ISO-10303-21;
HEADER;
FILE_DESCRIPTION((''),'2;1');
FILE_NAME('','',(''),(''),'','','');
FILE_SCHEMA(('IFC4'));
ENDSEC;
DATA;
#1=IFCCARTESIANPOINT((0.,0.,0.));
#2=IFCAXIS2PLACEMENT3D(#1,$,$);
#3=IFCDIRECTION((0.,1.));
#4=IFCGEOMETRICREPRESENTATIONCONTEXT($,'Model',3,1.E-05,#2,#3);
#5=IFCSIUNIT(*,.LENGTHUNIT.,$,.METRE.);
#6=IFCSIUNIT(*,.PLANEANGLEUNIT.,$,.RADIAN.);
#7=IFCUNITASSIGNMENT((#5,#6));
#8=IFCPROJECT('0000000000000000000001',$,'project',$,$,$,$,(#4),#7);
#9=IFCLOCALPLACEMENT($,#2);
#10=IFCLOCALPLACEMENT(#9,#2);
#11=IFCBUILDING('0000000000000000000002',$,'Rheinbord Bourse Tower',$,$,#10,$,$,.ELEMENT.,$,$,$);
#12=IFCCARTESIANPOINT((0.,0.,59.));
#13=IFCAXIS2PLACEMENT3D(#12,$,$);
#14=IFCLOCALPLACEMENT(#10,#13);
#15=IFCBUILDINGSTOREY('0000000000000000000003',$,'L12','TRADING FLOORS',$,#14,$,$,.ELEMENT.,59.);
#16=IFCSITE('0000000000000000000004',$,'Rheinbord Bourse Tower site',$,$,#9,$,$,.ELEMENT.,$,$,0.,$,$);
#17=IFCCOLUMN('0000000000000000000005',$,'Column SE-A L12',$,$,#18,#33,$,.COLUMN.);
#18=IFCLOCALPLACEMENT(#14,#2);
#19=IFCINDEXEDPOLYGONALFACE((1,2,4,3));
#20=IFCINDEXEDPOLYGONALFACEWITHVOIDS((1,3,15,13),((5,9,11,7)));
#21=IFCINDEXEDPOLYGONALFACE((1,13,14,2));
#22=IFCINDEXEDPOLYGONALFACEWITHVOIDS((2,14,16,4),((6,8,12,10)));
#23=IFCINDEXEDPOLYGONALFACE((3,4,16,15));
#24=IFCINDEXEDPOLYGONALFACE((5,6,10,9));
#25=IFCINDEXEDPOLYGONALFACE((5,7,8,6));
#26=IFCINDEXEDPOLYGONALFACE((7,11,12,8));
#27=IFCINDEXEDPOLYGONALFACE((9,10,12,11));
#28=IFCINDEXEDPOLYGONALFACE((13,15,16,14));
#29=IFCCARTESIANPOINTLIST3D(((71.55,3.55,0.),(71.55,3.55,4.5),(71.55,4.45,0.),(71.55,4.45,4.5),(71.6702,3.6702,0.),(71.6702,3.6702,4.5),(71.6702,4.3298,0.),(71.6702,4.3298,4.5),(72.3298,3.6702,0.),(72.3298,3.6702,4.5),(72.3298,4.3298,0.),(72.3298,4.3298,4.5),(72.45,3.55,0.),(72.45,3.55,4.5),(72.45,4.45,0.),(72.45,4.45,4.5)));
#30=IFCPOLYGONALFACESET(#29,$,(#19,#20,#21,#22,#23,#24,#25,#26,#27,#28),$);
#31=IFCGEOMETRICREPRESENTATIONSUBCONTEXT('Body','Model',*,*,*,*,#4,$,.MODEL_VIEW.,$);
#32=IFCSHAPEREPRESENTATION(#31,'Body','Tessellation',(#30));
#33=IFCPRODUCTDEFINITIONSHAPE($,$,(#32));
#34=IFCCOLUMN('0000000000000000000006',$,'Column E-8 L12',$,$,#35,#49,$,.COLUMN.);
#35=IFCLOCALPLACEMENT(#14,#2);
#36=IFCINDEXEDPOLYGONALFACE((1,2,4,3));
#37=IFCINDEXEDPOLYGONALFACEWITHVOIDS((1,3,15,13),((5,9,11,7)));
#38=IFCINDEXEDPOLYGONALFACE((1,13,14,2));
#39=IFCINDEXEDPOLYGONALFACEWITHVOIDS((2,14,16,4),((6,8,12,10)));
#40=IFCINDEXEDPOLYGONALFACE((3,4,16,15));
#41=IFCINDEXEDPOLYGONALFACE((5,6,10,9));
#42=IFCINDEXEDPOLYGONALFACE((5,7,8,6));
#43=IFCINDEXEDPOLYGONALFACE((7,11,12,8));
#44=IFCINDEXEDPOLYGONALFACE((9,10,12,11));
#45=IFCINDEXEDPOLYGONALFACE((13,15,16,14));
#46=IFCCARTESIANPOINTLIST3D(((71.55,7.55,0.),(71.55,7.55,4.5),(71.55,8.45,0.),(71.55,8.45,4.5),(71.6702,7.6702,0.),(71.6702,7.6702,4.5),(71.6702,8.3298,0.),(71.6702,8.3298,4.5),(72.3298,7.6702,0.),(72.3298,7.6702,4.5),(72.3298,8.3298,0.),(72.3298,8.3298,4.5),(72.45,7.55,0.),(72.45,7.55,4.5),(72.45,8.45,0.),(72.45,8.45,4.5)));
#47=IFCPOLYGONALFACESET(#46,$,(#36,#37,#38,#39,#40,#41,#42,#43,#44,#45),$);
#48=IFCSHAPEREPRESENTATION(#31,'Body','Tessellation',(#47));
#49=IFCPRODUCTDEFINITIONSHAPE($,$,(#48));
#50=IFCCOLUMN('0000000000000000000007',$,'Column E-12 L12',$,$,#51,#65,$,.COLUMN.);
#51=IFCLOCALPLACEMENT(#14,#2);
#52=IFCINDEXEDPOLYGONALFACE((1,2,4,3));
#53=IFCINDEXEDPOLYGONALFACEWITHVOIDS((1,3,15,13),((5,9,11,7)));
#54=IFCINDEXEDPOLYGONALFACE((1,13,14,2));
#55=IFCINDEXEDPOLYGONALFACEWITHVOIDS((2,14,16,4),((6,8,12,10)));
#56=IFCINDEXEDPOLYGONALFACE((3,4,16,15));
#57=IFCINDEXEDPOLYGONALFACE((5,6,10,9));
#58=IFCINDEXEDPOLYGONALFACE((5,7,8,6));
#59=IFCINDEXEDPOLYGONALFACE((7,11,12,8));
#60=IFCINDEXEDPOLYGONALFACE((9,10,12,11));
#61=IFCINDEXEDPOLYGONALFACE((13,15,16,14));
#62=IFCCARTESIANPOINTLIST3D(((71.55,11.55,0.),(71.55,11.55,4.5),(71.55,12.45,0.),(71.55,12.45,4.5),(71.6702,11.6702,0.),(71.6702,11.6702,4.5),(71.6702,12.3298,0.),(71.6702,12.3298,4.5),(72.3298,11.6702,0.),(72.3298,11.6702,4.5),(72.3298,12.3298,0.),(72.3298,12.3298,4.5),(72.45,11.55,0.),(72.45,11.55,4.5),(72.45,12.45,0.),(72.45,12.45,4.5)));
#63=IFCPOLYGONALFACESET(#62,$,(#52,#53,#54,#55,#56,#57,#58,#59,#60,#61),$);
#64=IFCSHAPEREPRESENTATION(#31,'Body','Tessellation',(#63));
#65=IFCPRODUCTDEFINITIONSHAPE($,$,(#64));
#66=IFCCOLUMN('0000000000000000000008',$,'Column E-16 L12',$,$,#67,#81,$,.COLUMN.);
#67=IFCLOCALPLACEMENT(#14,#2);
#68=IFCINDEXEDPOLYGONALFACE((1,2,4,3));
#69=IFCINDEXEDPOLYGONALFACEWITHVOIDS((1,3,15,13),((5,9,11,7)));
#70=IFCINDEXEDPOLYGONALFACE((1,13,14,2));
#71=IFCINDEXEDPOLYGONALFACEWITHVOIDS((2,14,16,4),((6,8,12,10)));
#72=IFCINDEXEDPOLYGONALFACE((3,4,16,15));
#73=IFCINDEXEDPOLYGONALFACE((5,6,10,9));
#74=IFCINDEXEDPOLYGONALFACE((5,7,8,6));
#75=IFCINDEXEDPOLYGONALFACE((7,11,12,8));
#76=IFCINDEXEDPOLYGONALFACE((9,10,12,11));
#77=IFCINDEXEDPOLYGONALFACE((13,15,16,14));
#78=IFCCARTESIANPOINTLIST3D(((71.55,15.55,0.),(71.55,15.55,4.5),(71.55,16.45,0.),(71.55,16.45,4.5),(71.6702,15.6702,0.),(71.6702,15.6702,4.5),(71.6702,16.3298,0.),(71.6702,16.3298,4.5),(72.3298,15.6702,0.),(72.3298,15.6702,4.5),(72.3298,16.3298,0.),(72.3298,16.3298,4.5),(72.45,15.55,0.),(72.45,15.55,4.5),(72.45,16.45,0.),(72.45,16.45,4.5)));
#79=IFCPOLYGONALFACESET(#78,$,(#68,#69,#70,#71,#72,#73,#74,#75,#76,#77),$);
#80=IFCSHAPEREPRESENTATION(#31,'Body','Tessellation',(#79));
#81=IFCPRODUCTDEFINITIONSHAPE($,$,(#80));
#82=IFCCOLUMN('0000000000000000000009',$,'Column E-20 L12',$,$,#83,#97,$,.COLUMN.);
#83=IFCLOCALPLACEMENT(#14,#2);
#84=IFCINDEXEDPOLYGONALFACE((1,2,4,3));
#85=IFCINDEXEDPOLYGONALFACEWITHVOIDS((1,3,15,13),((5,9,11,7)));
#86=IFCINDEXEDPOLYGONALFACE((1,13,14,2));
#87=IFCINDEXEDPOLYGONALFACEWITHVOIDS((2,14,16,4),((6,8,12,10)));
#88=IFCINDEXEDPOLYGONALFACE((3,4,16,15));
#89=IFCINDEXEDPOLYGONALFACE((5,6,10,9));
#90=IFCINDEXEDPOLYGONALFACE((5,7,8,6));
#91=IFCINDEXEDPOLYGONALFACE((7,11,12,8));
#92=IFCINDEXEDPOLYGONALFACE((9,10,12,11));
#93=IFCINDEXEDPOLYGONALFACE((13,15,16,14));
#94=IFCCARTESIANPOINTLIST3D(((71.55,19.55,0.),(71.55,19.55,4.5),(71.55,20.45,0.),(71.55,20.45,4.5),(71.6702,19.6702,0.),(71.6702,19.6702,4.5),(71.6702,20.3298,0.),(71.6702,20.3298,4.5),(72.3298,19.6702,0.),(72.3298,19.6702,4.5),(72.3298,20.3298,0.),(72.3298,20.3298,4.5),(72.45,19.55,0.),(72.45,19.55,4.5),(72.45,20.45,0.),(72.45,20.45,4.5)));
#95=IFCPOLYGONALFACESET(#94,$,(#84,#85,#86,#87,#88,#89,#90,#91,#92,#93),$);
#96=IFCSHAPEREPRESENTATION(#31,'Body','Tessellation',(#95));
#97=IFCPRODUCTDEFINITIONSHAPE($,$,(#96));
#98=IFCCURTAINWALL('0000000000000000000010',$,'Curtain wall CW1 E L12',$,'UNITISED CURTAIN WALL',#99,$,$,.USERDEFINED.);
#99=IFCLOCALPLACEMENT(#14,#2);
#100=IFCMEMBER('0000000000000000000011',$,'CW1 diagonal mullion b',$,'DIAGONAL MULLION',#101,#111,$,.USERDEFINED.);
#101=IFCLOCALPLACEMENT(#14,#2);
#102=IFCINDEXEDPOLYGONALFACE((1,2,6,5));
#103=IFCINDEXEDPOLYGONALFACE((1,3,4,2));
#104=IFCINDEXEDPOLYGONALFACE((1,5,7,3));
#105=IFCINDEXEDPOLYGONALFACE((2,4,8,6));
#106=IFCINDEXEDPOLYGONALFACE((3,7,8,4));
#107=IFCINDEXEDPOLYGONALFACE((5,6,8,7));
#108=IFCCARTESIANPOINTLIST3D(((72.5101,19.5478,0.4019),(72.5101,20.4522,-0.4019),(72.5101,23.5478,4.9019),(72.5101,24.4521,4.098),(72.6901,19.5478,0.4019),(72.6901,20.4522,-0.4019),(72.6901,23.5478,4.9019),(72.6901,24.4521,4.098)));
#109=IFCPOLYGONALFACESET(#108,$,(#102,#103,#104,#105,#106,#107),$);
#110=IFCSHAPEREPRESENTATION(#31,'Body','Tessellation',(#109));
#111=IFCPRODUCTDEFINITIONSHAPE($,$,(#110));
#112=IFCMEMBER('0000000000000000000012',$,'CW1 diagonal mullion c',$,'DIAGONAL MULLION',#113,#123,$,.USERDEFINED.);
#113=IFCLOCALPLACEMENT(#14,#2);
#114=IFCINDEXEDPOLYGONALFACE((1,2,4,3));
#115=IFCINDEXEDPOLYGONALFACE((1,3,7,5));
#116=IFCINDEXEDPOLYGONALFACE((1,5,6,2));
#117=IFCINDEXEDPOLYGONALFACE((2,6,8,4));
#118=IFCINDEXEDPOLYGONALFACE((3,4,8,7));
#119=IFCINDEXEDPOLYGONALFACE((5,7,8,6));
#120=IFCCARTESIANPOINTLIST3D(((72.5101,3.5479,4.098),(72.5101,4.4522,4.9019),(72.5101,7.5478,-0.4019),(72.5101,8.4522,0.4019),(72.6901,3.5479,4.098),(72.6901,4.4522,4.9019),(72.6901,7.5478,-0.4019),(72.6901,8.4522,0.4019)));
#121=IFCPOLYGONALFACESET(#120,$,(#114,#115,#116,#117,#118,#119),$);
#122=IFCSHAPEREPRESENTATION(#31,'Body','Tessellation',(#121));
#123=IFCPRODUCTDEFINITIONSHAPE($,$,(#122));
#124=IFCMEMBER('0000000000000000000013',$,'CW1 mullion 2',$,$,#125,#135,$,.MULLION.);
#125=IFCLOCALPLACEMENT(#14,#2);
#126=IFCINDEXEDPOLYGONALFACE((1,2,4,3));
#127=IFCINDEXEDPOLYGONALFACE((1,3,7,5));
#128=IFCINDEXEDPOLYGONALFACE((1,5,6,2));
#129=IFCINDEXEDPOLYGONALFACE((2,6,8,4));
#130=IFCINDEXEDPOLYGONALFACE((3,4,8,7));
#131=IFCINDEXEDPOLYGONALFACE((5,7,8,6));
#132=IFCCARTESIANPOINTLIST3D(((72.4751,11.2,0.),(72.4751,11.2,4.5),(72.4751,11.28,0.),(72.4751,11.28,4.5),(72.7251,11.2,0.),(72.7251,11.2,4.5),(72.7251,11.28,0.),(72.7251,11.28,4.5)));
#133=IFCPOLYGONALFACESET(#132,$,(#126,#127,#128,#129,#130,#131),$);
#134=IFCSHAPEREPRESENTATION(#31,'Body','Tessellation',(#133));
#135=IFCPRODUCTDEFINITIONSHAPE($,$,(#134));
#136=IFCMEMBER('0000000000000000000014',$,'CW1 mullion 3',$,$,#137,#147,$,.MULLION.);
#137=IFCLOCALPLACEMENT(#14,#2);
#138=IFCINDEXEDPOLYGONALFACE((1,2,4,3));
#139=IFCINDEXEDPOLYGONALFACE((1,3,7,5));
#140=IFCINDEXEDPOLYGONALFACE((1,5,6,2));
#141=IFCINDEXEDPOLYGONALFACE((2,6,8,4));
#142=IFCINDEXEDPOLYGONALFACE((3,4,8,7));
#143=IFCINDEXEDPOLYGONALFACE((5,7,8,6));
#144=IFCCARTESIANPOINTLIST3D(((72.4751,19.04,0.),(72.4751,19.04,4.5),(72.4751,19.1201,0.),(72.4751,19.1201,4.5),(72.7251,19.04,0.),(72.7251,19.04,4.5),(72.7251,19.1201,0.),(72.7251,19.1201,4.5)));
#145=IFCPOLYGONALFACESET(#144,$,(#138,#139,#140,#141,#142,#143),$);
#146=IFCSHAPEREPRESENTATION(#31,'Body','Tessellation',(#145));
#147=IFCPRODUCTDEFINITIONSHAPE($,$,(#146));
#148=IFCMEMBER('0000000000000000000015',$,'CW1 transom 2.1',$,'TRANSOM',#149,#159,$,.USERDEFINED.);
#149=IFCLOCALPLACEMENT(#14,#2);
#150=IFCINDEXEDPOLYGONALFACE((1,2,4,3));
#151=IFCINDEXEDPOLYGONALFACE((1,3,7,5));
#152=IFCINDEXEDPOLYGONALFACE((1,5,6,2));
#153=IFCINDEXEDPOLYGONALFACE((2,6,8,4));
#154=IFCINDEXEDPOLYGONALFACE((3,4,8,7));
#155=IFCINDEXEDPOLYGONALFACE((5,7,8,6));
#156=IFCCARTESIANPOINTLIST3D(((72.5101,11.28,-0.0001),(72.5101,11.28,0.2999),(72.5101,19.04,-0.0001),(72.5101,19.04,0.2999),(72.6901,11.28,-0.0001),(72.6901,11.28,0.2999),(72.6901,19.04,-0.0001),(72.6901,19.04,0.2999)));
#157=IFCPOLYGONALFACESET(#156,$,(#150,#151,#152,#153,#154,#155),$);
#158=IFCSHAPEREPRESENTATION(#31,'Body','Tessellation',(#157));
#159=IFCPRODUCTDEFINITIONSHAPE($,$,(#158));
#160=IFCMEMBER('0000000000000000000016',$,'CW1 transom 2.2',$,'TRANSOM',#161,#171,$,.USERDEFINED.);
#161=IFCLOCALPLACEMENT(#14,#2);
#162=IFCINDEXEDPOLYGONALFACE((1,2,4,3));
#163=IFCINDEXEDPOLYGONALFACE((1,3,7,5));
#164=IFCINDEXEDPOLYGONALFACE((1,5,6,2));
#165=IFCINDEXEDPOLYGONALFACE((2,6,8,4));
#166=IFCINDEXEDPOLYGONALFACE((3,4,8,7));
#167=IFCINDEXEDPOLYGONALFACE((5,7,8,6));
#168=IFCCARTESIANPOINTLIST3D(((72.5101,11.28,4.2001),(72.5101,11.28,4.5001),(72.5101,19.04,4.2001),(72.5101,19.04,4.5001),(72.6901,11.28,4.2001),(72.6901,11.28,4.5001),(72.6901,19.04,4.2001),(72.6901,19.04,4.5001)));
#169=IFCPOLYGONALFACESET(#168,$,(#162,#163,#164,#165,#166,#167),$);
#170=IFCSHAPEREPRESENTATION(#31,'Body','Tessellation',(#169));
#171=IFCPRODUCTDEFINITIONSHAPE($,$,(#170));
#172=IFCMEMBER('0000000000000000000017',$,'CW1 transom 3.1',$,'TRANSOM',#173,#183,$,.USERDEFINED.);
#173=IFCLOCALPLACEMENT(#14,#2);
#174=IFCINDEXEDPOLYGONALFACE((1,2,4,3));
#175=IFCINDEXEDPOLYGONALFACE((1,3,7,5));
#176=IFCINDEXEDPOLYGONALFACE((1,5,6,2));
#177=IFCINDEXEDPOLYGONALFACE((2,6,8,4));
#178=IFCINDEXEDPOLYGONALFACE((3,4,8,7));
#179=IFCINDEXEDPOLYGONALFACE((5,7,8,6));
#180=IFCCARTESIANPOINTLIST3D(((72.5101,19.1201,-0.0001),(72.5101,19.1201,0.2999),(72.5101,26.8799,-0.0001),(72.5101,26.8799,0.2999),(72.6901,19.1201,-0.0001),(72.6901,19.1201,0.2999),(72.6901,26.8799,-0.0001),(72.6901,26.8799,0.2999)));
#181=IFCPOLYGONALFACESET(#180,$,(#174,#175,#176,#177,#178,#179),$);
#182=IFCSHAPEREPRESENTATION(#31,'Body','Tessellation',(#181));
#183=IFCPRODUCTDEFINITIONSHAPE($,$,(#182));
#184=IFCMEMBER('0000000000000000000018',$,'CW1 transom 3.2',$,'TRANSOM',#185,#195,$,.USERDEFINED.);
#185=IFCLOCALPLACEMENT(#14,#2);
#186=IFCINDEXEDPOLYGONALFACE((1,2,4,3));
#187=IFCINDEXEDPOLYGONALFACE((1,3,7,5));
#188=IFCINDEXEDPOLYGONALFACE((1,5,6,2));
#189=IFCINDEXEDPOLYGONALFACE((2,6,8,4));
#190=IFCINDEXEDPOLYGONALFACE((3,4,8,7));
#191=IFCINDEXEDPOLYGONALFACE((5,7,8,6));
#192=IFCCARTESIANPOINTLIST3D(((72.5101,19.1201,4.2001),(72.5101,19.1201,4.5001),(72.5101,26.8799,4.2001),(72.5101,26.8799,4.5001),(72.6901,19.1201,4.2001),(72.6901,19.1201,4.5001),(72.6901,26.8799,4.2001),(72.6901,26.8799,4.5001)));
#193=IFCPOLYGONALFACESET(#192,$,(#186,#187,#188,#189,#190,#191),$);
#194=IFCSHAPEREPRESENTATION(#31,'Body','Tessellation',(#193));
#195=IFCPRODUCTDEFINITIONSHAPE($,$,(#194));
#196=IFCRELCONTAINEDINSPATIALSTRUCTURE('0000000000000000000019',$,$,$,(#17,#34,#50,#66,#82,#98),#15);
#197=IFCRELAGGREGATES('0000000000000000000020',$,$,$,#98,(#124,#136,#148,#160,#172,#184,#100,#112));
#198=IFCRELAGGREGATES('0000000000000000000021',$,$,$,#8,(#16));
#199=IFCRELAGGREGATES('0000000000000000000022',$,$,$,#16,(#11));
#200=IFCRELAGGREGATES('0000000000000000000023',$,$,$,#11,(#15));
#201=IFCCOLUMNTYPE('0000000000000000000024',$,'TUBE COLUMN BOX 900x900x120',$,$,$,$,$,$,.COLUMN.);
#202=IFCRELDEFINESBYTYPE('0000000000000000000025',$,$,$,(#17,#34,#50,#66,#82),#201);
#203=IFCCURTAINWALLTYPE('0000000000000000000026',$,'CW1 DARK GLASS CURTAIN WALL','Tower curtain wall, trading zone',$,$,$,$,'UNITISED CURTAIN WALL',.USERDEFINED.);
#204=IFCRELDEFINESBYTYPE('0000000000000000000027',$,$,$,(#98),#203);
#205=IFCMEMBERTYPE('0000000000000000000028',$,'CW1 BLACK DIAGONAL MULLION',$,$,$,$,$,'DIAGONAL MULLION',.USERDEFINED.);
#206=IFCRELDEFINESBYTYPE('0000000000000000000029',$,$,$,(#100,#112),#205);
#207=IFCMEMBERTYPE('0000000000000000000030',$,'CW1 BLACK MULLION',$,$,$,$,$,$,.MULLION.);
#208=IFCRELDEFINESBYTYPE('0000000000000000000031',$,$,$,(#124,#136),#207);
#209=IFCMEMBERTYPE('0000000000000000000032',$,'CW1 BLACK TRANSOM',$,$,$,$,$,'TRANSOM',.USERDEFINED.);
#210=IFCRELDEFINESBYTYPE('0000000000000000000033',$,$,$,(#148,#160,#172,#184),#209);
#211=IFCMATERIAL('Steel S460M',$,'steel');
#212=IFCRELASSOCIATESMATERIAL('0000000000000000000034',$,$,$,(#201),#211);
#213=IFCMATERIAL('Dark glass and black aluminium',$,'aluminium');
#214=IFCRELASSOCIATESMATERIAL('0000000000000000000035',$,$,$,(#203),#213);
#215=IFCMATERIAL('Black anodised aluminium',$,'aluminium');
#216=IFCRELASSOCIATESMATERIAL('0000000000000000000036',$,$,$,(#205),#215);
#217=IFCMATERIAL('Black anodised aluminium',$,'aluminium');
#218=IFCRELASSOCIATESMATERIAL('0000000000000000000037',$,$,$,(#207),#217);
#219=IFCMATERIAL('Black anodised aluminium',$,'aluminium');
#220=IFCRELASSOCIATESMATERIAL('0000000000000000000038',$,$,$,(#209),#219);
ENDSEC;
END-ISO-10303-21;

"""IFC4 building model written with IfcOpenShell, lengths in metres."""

from ifc_helpers import new_model, si_unit, direction, frame, origin, origin_2d, place, context, subcontext, project, spatial, rectangle, hollow_rectangle, extrude, material, material_profile, profile_set, type_object, element, aggregate, save


model = new_model("IFC4")

# Units and contexts
model_context = context("Model", 3, precision=1e-05, world=origin(), true_north=direction((0.0, 1.0)))
body_context = subcontext(model_context, "Body", "Model", "MODEL_VIEW")
ifc_project = project(units=[si_unit("LENGTHUNIT", "METRE"), si_unit("PLANEANGLEUNIT", "RADIAN")], contexts=[model_context])

# Site, building, storey
site_placement = place(None, origin())
site = spatial("IfcSite", under=ifc_project, at=site_placement, Name="Rheinbord Bourse Tower site", CompositionType="ELEMENT", RefElevation=0.0)
building_placement = place(site_placement, origin())
building = spatial("IfcBuilding", under=site, at=building_placement, Name="Rheinbord Bourse Tower", CompositionType="ELEMENT")
storey_placement = place(building_placement, frame((0.0, 0.0, 59.0)))
storey = spatial("IfcBuildingStorey", under=building, at=storey_placement, Name="L12", Description="TRADING FLOORS", CompositionType="ELEMENT", Elevation=59.0)

# Columns
ifc_material_1 = material(Name="Steel S460M", Category="steel")
ifc_material_profile_1 = material_profile(ifc_material_1, hollow_rectangle(XDim=0.8999, YDim=0.8999, WallThickness=0.1201, at=origin_2d()), Name="BOX 900x900x120")
ifc_profile_set_1 = profile_set([ifc_material_profile_1], Name="Steel S460M")
column_type = type_object("IfcColumnType", Name="TUBE COLUMN BOX 900x900x120", PredefinedType="COLUMN", material=ifc_profile_set_1)
for number, where, z_axis, x_axis, name in (
    (1, (72.0, 4.0, 0.0), (0.0, 0.0, 1.0), (1.0, 0.0, 0.0), "Column SE-A L12"),
    (2, (72.0, 8.0, 0.0), (0.0, 0.0, 1.0), (1.0, 0.0, 0.0), "Column E-8 L12"),
    (3, (72.0, 12.0, 0.0), (0.0, 0.0, 1.0), (1.0, 0.0, 0.0), "Column E-12 L12"),
    (4, (72.0, 16.0, 0.0), (0.0, 0.0, 1.0), (1.0, 0.0, 0.0), "Column E-16 L12"),
    (5, (72.0, 20.0, 0.0), (0.0, 0.0, 1.0), (1.0, 0.0, 0.0), "Column E-20 L12"),
):
    element("IfcColumn", number, at=place(storey_placement, frame(where, z_axis=z_axis, x_axis=x_axis)), inside=storey, type_object=column_type, Name=name, PredefinedType="COLUMN", context=body_context, shape_type="SweptSolid", body=[
        extrude(hollow_rectangle(XDim=0.8999, YDim=0.8999, WallThickness=0.1201, at=origin_2d()), origin(), (0.0, 0.0, 1.0), 4.5),
    ])

# Curtain wall, members
ifc_material_2 = material(Name="Dark glass and black aluminium", Category="aluminium")
curtain_wall_type = type_object("IfcCurtainWallType", Name="CW1 DARK GLASS CURTAIN WALL", Description="Tower curtain wall, trading zone", ElementType="UNITISED CURTAIN WALL", PredefinedType="USERDEFINED", material=ifc_material_2)
curtain_wall_placement = place(storey_placement, origin())
curtain_wall = element("IfcCurtainWall", 6, at=curtain_wall_placement, inside=storey, type_object=curtain_wall_type, Name="Curtain wall CW1 E L12", ObjectType="UNITISED CURTAIN WALL", PredefinedType="USERDEFINED")
ifc_material_3 = material(Name="Black anodised aluminium", Category="aluminium")
ifc_material_profile_2 = material_profile(ifc_material_3, rectangle(XDim=0.1799, YDim=1.21, at=origin_2d()), Name="CW1 DIAGONAL MULLION 1210x180")
ifc_profile_set_2 = profile_set([ifc_material_profile_2], Name="Black anodised aluminium")
member_type_1 = type_object("IfcMemberType", Name="CW1 BLACK DIAGONAL MULLION", ElementType="DIAGONAL MULLION", PredefinedType="USERDEFINED", material=ifc_profile_set_2)
member_1_placement = place(storey_placement, frame((72.6001, 20.0, 0.0), z_axis=(0.0, 0.664364, 0.747409), x_axis=(-1.0, 0.0, 0.0)))
member_1 = element("IfcMember", 7, at=member_1_placement, type_object=member_type_1, Name="CW1 diagonal mullion b", ObjectType="DIAGONAL MULLION", PredefinedType="USERDEFINED", context=body_context, shape_type="SweptSolid", body=[
    extrude(rectangle(XDim=0.1799, YDim=1.21, at=origin_2d()), origin(), (0.0, 0.0, 1.0), 6.0208),
])
member_2_placement = place(storey_placement, frame((72.6001, 8.0, 0.0), z_axis=(0.0, -0.664364, 0.747409), x_axis=(1.0, 0.0, 0.0)))
member_2 = element("IfcMember", 8, at=member_2_placement, type_object=member_type_1, Name="CW1 diagonal mullion c", ObjectType="DIAGONAL MULLION", PredefinedType="USERDEFINED", context=body_context, shape_type="SweptSolid", body=[
    extrude(rectangle(XDim=0.1799, YDim=1.21, at=origin_2d()), origin(), (0.0, 0.0, 1.0), 6.0208),
])
ifc_material_4 = material(Name="Black anodised aluminium", Category="aluminium")
ifc_material_profile_3 = material_profile(ifc_material_4, rectangle(XDim=0.25, YDim=0.0801, at=origin_2d()), Name="CW1 MULLION 80x250")
ifc_profile_set_3 = profile_set([ifc_material_profile_3], Name="Black anodised aluminium")
member_type_2 = type_object("IfcMemberType", Name="CW1 BLACK MULLION", PredefinedType="MULLION", material=ifc_profile_set_3)
member_3_placement = place(storey_placement, frame((72.6001, 11.24, 0.0), z_axis=(0.0, 0.0, 1.0), x_axis=(-1.0, 0.0, 0.0)))
member_3 = element("IfcMember", 9, at=member_3_placement, type_object=member_type_2, Name="CW1 mullion 2", PredefinedType="MULLION", context=body_context, shape_type="SweptSolid", body=[
    extrude(rectangle(XDim=0.25, YDim=0.0801, at=origin_2d()), origin(), (0.0, 0.0, 1.0), 4.5),
])
member_4_placement = place(storey_placement, frame((72.6001, 19.0801, 0.0), z_axis=(0.0, 0.0, 1.0), x_axis=(-1.0, 0.0, 0.0)))
member_4 = element("IfcMember", 10, at=member_4_placement, type_object=member_type_2, Name="CW1 mullion 3", PredefinedType="MULLION", context=body_context, shape_type="SweptSolid", body=[
    extrude(rectangle(XDim=0.25, YDim=0.0801, at=origin_2d()), origin(), (0.0, 0.0, 1.0), 4.5),
])
ifc_material_5 = material(Name="Black anodised aluminium", Category="aluminium")
ifc_material_profile_4 = material_profile(ifc_material_5, rectangle(XDim=0.1799, YDim=0.3, at=origin_2d()), Name="CW1 TRANSOM 300x180")
ifc_profile_set_4 = profile_set([ifc_material_profile_4], Name="Black anodised aluminium")
member_type_3 = type_object("IfcMemberType", Name="CW1 BLACK TRANSOM", ElementType="TRANSOM", PredefinedType="USERDEFINED", material=ifc_profile_set_4)
member_5_placement = place(storey_placement, frame((72.6001, 11.28, 0.1499), z_axis=(0.0, 1.0, 0.0), x_axis=(-1.0, 0.0, 0.0)))
member_5 = element("IfcMember", 11, at=member_5_placement, type_object=member_type_3, Name="CW1 transom 2.1", ObjectType="TRANSOM", PredefinedType="USERDEFINED", context=body_context, shape_type="SweptSolid", body=[
    extrude(rectangle(XDim=0.1799, YDim=0.3, at=origin_2d()), origin(), (0.0, 0.0, 1.0), 7.76),
])
member_6_placement = place(storey_placement, frame((72.6001, 11.28, 4.3501), z_axis=(0.0, 1.0, 0.0), x_axis=(-1.0, 0.0, 0.0)))
member_6 = element("IfcMember", 12, at=member_6_placement, type_object=member_type_3, Name="CW1 transom 2.2", ObjectType="TRANSOM", PredefinedType="USERDEFINED", context=body_context, shape_type="SweptSolid", body=[
    extrude(rectangle(XDim=0.1799, YDim=0.3, at=origin_2d()), origin(), (0.0, 0.0, 1.0), 7.76),
])
member_7_placement = place(storey_placement, frame((72.6001, 19.1201, 0.1499), z_axis=(0.0, 1.0, 0.0), x_axis=(-1.0, 0.0, 0.0)))
member_7 = element("IfcMember", 13, at=member_7_placement, type_object=member_type_3, Name="CW1 transom 3.1", ObjectType="TRANSOM", PredefinedType="USERDEFINED", context=body_context, shape_type="SweptSolid", body=[
    extrude(rectangle(XDim=0.1799, YDim=0.3, at=origin_2d()), origin(), (0.0, 0.0, 1.0), 7.7598),
])
member_8_placement = place(storey_placement, frame((72.6001, 19.1201, 4.3501), z_axis=(0.0, 1.0, 0.0), x_axis=(-1.0, 0.0, 0.0)))
member_8 = element("IfcMember", 14, at=member_8_placement, type_object=member_type_3, Name="CW1 transom 3.2", ObjectType="TRANSOM", PredefinedType="USERDEFINED", context=body_context, shape_type="SweptSolid", body=[
    extrude(rectangle(XDim=0.1799, YDim=0.3, at=origin_2d()), origin(), (0.0, 0.0, 1.0), 7.7598),
])

aggregate(curtain_wall, [member_3, member_4, member_5, member_6, member_7, member_8, member_1, member_2])

save(model, "model.ifc")
